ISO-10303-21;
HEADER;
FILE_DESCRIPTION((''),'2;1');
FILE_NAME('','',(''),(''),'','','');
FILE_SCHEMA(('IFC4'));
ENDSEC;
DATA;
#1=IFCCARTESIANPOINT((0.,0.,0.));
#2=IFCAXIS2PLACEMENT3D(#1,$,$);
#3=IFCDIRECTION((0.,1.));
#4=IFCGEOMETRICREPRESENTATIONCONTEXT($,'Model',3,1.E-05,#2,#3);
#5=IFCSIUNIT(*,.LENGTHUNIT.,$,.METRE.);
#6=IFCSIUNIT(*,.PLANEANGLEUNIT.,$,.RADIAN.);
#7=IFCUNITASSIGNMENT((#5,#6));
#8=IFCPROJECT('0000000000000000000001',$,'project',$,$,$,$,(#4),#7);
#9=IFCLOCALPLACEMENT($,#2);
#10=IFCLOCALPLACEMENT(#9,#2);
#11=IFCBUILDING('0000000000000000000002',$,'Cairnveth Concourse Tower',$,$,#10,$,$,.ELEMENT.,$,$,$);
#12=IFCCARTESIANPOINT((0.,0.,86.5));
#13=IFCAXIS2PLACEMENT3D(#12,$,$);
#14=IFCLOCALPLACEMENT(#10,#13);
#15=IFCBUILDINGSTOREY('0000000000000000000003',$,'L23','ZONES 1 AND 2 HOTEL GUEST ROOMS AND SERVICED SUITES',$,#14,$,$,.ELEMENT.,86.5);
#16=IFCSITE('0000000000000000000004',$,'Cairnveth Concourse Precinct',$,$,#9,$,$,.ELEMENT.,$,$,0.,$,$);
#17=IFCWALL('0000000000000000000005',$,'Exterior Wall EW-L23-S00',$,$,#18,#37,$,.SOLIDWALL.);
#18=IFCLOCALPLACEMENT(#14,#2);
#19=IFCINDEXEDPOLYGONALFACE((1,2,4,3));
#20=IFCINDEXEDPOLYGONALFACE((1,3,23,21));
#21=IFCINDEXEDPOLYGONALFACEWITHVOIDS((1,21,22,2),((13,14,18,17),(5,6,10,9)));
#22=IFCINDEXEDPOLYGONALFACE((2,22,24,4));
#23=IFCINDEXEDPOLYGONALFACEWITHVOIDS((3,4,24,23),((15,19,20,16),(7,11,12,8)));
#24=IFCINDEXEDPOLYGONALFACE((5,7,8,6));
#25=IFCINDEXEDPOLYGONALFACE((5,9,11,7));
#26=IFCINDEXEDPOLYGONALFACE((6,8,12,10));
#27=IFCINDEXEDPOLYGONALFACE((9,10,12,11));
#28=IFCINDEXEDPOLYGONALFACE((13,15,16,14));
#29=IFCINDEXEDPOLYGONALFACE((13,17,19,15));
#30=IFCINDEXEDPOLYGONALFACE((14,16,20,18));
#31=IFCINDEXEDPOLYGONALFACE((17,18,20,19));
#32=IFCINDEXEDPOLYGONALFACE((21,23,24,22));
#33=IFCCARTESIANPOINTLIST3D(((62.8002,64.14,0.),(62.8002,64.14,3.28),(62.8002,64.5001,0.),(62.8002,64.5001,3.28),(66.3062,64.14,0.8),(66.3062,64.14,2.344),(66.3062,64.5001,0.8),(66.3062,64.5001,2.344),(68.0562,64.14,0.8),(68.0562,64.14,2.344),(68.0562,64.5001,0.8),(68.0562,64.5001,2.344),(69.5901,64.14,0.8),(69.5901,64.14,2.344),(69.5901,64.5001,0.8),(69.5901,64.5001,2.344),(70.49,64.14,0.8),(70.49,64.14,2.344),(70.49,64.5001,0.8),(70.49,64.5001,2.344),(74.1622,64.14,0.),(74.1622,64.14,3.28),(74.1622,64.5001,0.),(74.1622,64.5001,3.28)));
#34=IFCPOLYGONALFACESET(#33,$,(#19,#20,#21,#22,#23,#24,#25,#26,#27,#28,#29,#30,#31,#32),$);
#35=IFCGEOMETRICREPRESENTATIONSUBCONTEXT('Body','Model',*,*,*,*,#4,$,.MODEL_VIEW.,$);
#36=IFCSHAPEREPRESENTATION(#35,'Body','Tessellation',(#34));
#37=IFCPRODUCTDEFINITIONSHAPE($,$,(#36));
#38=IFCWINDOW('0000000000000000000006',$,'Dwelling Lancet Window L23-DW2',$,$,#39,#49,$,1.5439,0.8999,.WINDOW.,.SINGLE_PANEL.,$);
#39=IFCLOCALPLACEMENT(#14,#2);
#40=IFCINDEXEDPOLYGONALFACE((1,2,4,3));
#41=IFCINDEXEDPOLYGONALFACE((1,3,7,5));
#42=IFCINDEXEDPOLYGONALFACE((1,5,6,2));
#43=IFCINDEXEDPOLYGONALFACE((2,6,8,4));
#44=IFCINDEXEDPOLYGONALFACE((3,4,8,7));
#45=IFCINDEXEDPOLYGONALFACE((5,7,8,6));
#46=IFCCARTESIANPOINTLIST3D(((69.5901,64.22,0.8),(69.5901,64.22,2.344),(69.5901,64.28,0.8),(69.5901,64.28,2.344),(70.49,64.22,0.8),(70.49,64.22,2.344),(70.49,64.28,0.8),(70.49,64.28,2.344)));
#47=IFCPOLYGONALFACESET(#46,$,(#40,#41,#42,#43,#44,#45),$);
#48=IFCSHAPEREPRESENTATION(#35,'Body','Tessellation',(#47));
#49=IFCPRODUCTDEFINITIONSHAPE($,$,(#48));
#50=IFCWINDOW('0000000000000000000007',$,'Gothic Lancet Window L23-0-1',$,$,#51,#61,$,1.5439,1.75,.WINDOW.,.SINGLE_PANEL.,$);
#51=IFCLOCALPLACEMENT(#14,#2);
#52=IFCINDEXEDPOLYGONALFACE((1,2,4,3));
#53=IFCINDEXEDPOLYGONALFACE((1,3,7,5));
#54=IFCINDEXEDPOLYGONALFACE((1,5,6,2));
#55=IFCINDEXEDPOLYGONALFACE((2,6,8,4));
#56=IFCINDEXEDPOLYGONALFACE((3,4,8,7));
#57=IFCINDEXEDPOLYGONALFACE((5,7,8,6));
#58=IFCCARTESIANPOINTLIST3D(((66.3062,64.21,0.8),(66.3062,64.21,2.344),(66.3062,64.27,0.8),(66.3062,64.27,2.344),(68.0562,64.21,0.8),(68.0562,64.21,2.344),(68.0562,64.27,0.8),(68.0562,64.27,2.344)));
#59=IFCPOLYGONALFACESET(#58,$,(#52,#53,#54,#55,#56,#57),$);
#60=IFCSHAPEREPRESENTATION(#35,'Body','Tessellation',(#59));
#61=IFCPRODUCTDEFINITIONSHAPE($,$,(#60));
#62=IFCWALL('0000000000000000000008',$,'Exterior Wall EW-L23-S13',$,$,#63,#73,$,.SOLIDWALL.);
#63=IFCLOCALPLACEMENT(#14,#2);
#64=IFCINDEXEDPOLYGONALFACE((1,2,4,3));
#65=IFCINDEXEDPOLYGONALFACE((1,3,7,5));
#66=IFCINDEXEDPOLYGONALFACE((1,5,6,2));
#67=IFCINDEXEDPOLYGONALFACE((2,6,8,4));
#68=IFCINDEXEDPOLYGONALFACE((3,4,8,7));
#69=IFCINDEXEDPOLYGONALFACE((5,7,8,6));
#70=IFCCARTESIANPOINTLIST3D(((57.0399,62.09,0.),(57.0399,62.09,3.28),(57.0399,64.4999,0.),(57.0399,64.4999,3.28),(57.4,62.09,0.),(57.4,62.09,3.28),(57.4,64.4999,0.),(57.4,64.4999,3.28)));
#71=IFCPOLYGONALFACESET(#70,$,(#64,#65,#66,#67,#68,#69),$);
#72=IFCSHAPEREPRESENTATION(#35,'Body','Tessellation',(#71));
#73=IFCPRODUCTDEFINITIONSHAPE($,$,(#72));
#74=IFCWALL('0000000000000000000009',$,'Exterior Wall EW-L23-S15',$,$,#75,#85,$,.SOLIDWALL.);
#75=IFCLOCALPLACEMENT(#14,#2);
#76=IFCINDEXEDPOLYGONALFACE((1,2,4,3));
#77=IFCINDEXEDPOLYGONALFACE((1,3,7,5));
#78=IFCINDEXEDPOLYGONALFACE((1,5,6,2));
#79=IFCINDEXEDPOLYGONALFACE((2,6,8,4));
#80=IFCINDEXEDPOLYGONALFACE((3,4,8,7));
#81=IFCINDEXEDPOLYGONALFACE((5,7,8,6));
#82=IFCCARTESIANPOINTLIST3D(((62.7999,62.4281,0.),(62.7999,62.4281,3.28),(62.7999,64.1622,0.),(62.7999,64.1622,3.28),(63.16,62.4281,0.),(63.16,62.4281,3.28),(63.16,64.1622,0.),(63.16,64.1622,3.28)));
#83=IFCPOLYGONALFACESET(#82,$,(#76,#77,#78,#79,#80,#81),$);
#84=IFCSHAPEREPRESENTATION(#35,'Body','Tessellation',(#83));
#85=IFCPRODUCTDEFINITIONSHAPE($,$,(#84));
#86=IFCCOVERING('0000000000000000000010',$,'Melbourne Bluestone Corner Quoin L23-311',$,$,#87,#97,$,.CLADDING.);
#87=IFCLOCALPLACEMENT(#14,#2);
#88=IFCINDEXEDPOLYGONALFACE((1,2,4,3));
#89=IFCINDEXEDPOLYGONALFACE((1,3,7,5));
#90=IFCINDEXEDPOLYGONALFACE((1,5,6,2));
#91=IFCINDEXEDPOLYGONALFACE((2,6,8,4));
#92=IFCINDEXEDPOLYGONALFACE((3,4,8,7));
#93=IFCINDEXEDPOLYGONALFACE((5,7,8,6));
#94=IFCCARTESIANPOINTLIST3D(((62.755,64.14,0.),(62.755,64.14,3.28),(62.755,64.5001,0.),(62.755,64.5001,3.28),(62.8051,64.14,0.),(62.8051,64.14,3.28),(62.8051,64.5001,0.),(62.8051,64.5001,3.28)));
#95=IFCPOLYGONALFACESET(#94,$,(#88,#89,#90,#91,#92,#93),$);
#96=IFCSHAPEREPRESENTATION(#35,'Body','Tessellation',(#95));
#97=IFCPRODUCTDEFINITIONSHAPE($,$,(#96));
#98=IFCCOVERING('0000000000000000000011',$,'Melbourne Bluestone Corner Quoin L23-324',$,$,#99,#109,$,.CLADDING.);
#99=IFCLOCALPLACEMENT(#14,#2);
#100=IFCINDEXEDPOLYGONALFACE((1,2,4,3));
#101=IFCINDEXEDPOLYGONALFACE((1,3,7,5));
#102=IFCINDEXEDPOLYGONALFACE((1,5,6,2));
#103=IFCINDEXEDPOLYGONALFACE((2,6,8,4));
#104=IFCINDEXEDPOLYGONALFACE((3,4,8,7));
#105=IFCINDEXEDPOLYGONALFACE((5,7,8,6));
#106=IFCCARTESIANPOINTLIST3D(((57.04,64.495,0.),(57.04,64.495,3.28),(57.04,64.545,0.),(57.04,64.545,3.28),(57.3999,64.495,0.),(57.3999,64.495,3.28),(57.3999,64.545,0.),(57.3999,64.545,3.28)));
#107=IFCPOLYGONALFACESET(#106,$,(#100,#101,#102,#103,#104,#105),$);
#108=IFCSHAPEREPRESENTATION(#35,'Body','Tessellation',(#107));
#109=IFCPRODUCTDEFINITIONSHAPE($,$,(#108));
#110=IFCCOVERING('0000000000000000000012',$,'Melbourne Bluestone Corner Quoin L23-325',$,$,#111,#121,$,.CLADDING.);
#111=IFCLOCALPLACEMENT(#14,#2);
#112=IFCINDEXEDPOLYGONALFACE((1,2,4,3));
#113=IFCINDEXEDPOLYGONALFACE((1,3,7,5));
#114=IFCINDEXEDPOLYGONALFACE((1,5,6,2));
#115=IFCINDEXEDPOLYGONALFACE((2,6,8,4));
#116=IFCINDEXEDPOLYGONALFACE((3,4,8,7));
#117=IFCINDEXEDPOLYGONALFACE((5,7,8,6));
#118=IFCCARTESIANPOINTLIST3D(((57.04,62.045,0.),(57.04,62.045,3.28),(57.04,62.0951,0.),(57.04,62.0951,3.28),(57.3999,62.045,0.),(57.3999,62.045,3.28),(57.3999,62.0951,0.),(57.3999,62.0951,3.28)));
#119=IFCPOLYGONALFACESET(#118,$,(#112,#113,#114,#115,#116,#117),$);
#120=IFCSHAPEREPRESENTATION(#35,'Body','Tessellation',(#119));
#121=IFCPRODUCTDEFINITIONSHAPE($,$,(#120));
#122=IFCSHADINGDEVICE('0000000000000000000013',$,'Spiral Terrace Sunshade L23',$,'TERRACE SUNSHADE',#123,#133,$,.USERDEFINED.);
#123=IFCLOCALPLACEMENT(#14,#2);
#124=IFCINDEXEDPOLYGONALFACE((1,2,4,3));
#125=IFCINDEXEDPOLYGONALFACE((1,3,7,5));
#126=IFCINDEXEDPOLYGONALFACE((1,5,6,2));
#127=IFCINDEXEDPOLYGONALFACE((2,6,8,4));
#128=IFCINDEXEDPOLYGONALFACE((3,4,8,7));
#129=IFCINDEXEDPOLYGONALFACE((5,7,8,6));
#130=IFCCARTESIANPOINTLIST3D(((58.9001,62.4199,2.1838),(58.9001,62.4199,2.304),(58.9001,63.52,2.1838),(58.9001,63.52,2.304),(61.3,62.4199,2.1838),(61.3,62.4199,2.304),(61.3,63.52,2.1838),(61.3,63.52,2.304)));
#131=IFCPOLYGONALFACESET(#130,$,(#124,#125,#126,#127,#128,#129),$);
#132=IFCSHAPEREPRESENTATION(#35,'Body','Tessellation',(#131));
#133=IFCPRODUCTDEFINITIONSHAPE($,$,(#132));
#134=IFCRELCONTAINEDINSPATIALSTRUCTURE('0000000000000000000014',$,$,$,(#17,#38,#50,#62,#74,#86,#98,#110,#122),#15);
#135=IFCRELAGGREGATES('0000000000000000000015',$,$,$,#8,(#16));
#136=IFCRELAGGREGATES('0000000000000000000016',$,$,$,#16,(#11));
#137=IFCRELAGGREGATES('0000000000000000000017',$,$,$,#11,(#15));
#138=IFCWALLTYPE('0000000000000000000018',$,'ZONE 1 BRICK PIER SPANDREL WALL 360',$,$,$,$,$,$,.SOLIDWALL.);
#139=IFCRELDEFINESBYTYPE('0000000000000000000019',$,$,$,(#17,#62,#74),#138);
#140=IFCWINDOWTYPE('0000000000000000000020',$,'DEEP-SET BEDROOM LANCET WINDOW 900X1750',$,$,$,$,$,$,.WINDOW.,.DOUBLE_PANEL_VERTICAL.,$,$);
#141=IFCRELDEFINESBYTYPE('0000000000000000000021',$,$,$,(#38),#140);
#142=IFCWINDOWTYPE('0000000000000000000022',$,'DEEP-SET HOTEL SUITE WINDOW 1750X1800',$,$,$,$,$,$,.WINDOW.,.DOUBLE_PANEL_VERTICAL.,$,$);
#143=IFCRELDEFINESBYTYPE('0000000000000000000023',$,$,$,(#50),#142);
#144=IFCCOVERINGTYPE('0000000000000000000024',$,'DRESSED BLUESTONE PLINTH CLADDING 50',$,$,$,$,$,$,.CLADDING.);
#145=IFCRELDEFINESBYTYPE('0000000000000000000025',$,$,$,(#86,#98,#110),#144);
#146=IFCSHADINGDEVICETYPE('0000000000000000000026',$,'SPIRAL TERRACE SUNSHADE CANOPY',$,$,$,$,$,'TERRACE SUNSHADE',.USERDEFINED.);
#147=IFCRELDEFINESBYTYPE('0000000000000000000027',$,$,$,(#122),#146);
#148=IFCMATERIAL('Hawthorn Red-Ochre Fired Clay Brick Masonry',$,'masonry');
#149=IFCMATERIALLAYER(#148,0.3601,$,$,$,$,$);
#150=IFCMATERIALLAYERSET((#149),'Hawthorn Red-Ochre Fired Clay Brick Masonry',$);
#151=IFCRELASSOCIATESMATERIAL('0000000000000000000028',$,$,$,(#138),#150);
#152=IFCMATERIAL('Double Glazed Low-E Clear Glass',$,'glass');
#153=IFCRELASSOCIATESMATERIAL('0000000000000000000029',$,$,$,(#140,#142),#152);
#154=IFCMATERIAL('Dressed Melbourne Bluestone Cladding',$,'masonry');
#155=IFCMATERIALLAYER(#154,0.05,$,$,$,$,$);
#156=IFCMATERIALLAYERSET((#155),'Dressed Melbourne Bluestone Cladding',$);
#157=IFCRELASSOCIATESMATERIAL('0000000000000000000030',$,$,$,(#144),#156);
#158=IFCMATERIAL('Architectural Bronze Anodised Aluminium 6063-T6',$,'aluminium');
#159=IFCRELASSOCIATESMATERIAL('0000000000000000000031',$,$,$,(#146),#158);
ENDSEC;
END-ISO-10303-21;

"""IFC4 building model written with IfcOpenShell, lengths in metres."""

from ifc_helpers import new_model, si_unit, direction, frame, frame_2d, origin, origin_2d, place, context, subcontext, project, spatial, rectangle, extrude, material, layer, layer_set, type_object, element, fill, save


model = new_model("IFC4")

# Units and contexts
model_context = context("Model", 3, precision=1e-05, world=origin(), true_north=direction((0.0, 1.0)))
body_context = subcontext(model_context, "Body", "Model", "MODEL_VIEW")
ifc_project = project(units=[si_unit("LENGTHUNIT", "METRE"), si_unit("PLANEANGLEUNIT", "RADIAN")], contexts=[model_context])

# Site, building, storey
site_placement = place(None, origin())
site = spatial("IfcSite", under=ifc_project, at=site_placement, Name="Cairnveth Concourse Precinct", CompositionType="ELEMENT", RefElevation=0.0)
building_placement = place(site_placement, origin())
building = spatial("IfcBuilding", under=site, at=building_placement, Name="Cairnveth Concourse Tower", CompositionType="ELEMENT")
storey_placement = place(building_placement, frame((0.0, 0.0, 86.5)))
storey = spatial("IfcBuildingStorey", under=building, at=storey_placement, Name="L23", Description="ZONES 1 AND 2 HOTEL GUEST ROOMS AND SERVICED SUITES", CompositionType="ELEMENT", Elevation=86.5)

# Shared definitions
ifc_material_1 = material(Name="Dressed Melbourne Bluestone Cladding", Category="masonry")

# Wall, openings, windows
ifc_material_2 = material(Name="Hawthorn Red-Ochre Fired Clay Brick Masonry", Category="masonry")
ifc_layer_1 = layer(ifc_material_2, 0.3601)
ifc_layer_set_1 = layer_set([ifc_layer_1], Name="Hawthorn Red-Ochre Fired Clay Brick Masonry")
wall_type_1 = type_object("IfcWallType", Name="ZONE 1 BRICK PIER SPANDREL WALL 360", PredefinedType="SOLIDWALL", material=ifc_layer_set_1)
wall_1_placement = place(storey_placement, frame((62.8, 64.3201, 0.0), z_axis=(0.0, 0.0, 1.0), x_axis=(1.0, 0.0, 0.0)))
wall_1 = element("IfcWall", 1, at=wall_1_placement, inside=storey, type_object=wall_type_1, Name="Exterior Wall EW-L23-S00", PredefinedType="SOLIDWALL", context=body_context, shape_type="SweptSolid", body=[
    extrude(rectangle(XDim=11.3621, YDim=0.3601, at=frame_2d((5.6812, 0.0))), origin(), (0.0, 0.0, 1.0), 3.28),
])
opening_1_placement = place(wall_1_placement, frame((3.5061, 0.0, 0.8)))
opening_1 = element("IfcOpeningElement", 2, at=opening_1_placement, cuts=wall_1, PredefinedType="OPENING", context=body_context, shape_type="SweptSolid", body=[
    extrude(rectangle(XDim=1.75, YDim=1.5439, at=frame_2d((0.875, 0.772))), frame((0.0, 0.1899, 0.0), z_axis=(0.0, -1.0, 0.0), x_axis=(1.0, 0.0, 0.0)), (0.0, 0.0, 1.0), 0.3801),
])
opening_2_placement = place(wall_1_placement, frame((6.79, 0.0, 0.8)))
opening_2 = element("IfcOpeningElement", 3, at=opening_2_placement, cuts=wall_1, PredefinedType="OPENING", context=body_context, shape_type="SweptSolid", body=[
    extrude(rectangle(XDim=0.8999, YDim=1.5439, at=frame_2d((0.45, 0.772))), frame((0.0, 0.1899, 0.0), z_axis=(0.0, -1.0, 0.0), x_axis=(1.0, 0.0, 0.0)), (0.0, 0.0, 1.0), 0.3801),
])
ifc_material_3 = material(Name="Double Glazed Low-E Clear Glass", Category="glass")
window_type_1 = type_object("IfcWindowType", Name="DEEP-SET BEDROOM LANCET WINDOW 900X1750", PartitioningType="DOUBLE_PANEL_VERTICAL", PredefinedType="WINDOW", material=ifc_material_3)
window_1_placement = place(opening_2_placement, origin())
window_1 = element("IfcWindow", 4, at=window_1_placement, inside=storey, type_object=window_type_1, Name="Dwelling Lancet Window L23-DW2", OverallHeight=1.5439, OverallWidth=0.8999, PartitioningType="SINGLE_PANEL", PredefinedType="WINDOW", context=body_context, shape_type="SweptSolid", body=[
    extrude(rectangle(XDim=0.8999, YDim=1.5439, at=frame_2d((0.45, 0.772))), frame((0.0, -0.04, 0.0), z_axis=(0.0, -1.0, 0.0), x_axis=(1.0, 0.0, 0.0)), (0.0, 0.0, 1.0), 0.0601),
])
fill(opening_2, window_1)
window_type_2 = type_object("IfcWindowType", Name="DEEP-SET HOTEL SUITE WINDOW 1750X1800", PartitioningType="DOUBLE_PANEL_VERTICAL", PredefinedType="WINDOW", material=ifc_material_3)
window_2_placement = place(opening_1_placement, origin())
window_2 = element("IfcWindow", 5, at=window_2_placement, inside=storey, type_object=window_type_2, Name="Gothic Lancet Window L23-0-1", OverallHeight=1.5439, OverallWidth=1.75, PartitioningType="SINGLE_PANEL", PredefinedType="WINDOW", context=body_context, shape_type="SweptSolid", body=[
    extrude(rectangle(XDim=1.75, YDim=1.5439, at=frame_2d((0.875, 0.772))), frame((0.0, -0.05, 0.0), z_axis=(0.0, -1.0, 0.0), x_axis=(1.0, 0.0, 0.0)), (0.0, 0.0, 1.0), 0.0601),
])
fill(opening_1, window_2)

# Wall
wall_2_placement = place(storey_placement, frame((57.22, 64.5, 0.0), z_axis=(0.0, 0.0, 1.0), x_axis=(0.0, -1.0, 0.0)))
element("IfcWall", 6, at=wall_2_placement, inside=storey, type_object=wall_type_1, Name="Exterior Wall EW-L23-S13", PredefinedType="SOLIDWALL", context=body_context, shape_type="SweptSolid", body=[
    extrude(rectangle(XDim=2.4099, YDim=0.3601, at=frame_2d((1.2051, 0.0))), origin(), (0.0, 0.0, 1.0), 3.28),
])

# Shared definitions
ifc_material_4 = material(Name="Architectural Bronze Anodised Aluminium 6063-T6", Category="aluminium")

# Wall
wall_3_placement = place(storey_placement, frame((62.98, 62.428, 0.0), z_axis=(0.0, 0.0, 1.0), x_axis=(0.0, 1.0, 0.0)))
element("IfcWall", 7, at=wall_3_placement, inside=storey, type_object=wall_type_1, Name="Exterior Wall EW-L23-S15", PredefinedType="SOLIDWALL", context=body_context, shape_type="SweptSolid", body=[
    extrude(rectangle(XDim=1.7341, YDim=0.3601, at=frame_2d((0.8672, 0.0))), origin(), (0.0, 0.0, 1.0), 3.28),
])

# Coverings
ifc_layer_2 = layer(ifc_material_1, 0.05)
ifc_layer_set_2 = layer_set([ifc_layer_2], Name="Dressed Melbourne Bluestone Cladding")
covering_type = type_object("IfcCoveringType", Name="DRESSED BLUESTONE PLINTH CLADDING 50", PredefinedType="CLADDING", material=ifc_layer_set_2)
covering_placement = place(storey_placement, frame((62.78, 64.1399, 0.0), z_axis=(0.0, 0.0, 1.0), x_axis=(0.0, 1.0, 0.0)))
element("IfcCovering", 8, at=covering_placement, inside=storey, type_object=covering_type, Name="Melbourne Bluestone Corner Quoin L23-311", PredefinedType="CLADDING", context=body_context, shape_type="SweptSolid", body=[
    extrude(rectangle(XDim=0.3601, YDim=0.05, at=frame_2d((0.1802, 0.0))), origin(), (0.0, 0.0, 1.0), 3.28),
])
for number, where, z_axis, x_axis, name in (
    (9, (57.04, 64.52, 0.0), (0.0, 0.0, 1.0), (1.0, 0.0, 0.0), "Melbourne Bluestone Corner Quoin L23-324"),
    (10, (57.04, 62.0701, 0.0), (0.0, 0.0, 1.0), (1.0, 0.0, 0.0), "Melbourne Bluestone Corner Quoin L23-325"),
):
    element("IfcCovering", number, at=place(storey_placement, frame(where, z_axis=z_axis, x_axis=x_axis)), inside=storey, type_object=covering_type, Name=name, PredefinedType="CLADDING", context=body_context, shape_type="SweptSolid", body=[
        extrude(rectangle(XDim=0.3599, YDim=0.05, at=frame_2d((0.1799, 0.0))), origin(), (0.0, 0.0, 1.0), 3.28),
    ])

# Shading device
shading_device_type = type_object("IfcShadingDeviceType", Name="SPIRAL TERRACE SUNSHADE CANOPY", ElementType="TERRACE SUNSHADE", PredefinedType="USERDEFINED", material=ifc_material_4)
shading_device_placement = place(storey_placement, frame((60.1001, 62.97, 2.1838), z_axis=(0.0, 0.0, 1.0), x_axis=(1.0, 0.0, 0.0)))
element("IfcShadingDevice", 11, at=shading_device_placement, inside=storey, type_object=shading_device_type, Name="Spiral Terrace Sunshade L23", ObjectType="TERRACE SUNSHADE", PredefinedType="USERDEFINED", context=body_context, shape_type="SweptSolid", body=[
    extrude(rectangle(XDim=2.3999, YDim=1.1001, at=origin_2d()), origin(), (0.0, 0.0, 1.0), 0.1201),
])

save(model, "model.ifc")
